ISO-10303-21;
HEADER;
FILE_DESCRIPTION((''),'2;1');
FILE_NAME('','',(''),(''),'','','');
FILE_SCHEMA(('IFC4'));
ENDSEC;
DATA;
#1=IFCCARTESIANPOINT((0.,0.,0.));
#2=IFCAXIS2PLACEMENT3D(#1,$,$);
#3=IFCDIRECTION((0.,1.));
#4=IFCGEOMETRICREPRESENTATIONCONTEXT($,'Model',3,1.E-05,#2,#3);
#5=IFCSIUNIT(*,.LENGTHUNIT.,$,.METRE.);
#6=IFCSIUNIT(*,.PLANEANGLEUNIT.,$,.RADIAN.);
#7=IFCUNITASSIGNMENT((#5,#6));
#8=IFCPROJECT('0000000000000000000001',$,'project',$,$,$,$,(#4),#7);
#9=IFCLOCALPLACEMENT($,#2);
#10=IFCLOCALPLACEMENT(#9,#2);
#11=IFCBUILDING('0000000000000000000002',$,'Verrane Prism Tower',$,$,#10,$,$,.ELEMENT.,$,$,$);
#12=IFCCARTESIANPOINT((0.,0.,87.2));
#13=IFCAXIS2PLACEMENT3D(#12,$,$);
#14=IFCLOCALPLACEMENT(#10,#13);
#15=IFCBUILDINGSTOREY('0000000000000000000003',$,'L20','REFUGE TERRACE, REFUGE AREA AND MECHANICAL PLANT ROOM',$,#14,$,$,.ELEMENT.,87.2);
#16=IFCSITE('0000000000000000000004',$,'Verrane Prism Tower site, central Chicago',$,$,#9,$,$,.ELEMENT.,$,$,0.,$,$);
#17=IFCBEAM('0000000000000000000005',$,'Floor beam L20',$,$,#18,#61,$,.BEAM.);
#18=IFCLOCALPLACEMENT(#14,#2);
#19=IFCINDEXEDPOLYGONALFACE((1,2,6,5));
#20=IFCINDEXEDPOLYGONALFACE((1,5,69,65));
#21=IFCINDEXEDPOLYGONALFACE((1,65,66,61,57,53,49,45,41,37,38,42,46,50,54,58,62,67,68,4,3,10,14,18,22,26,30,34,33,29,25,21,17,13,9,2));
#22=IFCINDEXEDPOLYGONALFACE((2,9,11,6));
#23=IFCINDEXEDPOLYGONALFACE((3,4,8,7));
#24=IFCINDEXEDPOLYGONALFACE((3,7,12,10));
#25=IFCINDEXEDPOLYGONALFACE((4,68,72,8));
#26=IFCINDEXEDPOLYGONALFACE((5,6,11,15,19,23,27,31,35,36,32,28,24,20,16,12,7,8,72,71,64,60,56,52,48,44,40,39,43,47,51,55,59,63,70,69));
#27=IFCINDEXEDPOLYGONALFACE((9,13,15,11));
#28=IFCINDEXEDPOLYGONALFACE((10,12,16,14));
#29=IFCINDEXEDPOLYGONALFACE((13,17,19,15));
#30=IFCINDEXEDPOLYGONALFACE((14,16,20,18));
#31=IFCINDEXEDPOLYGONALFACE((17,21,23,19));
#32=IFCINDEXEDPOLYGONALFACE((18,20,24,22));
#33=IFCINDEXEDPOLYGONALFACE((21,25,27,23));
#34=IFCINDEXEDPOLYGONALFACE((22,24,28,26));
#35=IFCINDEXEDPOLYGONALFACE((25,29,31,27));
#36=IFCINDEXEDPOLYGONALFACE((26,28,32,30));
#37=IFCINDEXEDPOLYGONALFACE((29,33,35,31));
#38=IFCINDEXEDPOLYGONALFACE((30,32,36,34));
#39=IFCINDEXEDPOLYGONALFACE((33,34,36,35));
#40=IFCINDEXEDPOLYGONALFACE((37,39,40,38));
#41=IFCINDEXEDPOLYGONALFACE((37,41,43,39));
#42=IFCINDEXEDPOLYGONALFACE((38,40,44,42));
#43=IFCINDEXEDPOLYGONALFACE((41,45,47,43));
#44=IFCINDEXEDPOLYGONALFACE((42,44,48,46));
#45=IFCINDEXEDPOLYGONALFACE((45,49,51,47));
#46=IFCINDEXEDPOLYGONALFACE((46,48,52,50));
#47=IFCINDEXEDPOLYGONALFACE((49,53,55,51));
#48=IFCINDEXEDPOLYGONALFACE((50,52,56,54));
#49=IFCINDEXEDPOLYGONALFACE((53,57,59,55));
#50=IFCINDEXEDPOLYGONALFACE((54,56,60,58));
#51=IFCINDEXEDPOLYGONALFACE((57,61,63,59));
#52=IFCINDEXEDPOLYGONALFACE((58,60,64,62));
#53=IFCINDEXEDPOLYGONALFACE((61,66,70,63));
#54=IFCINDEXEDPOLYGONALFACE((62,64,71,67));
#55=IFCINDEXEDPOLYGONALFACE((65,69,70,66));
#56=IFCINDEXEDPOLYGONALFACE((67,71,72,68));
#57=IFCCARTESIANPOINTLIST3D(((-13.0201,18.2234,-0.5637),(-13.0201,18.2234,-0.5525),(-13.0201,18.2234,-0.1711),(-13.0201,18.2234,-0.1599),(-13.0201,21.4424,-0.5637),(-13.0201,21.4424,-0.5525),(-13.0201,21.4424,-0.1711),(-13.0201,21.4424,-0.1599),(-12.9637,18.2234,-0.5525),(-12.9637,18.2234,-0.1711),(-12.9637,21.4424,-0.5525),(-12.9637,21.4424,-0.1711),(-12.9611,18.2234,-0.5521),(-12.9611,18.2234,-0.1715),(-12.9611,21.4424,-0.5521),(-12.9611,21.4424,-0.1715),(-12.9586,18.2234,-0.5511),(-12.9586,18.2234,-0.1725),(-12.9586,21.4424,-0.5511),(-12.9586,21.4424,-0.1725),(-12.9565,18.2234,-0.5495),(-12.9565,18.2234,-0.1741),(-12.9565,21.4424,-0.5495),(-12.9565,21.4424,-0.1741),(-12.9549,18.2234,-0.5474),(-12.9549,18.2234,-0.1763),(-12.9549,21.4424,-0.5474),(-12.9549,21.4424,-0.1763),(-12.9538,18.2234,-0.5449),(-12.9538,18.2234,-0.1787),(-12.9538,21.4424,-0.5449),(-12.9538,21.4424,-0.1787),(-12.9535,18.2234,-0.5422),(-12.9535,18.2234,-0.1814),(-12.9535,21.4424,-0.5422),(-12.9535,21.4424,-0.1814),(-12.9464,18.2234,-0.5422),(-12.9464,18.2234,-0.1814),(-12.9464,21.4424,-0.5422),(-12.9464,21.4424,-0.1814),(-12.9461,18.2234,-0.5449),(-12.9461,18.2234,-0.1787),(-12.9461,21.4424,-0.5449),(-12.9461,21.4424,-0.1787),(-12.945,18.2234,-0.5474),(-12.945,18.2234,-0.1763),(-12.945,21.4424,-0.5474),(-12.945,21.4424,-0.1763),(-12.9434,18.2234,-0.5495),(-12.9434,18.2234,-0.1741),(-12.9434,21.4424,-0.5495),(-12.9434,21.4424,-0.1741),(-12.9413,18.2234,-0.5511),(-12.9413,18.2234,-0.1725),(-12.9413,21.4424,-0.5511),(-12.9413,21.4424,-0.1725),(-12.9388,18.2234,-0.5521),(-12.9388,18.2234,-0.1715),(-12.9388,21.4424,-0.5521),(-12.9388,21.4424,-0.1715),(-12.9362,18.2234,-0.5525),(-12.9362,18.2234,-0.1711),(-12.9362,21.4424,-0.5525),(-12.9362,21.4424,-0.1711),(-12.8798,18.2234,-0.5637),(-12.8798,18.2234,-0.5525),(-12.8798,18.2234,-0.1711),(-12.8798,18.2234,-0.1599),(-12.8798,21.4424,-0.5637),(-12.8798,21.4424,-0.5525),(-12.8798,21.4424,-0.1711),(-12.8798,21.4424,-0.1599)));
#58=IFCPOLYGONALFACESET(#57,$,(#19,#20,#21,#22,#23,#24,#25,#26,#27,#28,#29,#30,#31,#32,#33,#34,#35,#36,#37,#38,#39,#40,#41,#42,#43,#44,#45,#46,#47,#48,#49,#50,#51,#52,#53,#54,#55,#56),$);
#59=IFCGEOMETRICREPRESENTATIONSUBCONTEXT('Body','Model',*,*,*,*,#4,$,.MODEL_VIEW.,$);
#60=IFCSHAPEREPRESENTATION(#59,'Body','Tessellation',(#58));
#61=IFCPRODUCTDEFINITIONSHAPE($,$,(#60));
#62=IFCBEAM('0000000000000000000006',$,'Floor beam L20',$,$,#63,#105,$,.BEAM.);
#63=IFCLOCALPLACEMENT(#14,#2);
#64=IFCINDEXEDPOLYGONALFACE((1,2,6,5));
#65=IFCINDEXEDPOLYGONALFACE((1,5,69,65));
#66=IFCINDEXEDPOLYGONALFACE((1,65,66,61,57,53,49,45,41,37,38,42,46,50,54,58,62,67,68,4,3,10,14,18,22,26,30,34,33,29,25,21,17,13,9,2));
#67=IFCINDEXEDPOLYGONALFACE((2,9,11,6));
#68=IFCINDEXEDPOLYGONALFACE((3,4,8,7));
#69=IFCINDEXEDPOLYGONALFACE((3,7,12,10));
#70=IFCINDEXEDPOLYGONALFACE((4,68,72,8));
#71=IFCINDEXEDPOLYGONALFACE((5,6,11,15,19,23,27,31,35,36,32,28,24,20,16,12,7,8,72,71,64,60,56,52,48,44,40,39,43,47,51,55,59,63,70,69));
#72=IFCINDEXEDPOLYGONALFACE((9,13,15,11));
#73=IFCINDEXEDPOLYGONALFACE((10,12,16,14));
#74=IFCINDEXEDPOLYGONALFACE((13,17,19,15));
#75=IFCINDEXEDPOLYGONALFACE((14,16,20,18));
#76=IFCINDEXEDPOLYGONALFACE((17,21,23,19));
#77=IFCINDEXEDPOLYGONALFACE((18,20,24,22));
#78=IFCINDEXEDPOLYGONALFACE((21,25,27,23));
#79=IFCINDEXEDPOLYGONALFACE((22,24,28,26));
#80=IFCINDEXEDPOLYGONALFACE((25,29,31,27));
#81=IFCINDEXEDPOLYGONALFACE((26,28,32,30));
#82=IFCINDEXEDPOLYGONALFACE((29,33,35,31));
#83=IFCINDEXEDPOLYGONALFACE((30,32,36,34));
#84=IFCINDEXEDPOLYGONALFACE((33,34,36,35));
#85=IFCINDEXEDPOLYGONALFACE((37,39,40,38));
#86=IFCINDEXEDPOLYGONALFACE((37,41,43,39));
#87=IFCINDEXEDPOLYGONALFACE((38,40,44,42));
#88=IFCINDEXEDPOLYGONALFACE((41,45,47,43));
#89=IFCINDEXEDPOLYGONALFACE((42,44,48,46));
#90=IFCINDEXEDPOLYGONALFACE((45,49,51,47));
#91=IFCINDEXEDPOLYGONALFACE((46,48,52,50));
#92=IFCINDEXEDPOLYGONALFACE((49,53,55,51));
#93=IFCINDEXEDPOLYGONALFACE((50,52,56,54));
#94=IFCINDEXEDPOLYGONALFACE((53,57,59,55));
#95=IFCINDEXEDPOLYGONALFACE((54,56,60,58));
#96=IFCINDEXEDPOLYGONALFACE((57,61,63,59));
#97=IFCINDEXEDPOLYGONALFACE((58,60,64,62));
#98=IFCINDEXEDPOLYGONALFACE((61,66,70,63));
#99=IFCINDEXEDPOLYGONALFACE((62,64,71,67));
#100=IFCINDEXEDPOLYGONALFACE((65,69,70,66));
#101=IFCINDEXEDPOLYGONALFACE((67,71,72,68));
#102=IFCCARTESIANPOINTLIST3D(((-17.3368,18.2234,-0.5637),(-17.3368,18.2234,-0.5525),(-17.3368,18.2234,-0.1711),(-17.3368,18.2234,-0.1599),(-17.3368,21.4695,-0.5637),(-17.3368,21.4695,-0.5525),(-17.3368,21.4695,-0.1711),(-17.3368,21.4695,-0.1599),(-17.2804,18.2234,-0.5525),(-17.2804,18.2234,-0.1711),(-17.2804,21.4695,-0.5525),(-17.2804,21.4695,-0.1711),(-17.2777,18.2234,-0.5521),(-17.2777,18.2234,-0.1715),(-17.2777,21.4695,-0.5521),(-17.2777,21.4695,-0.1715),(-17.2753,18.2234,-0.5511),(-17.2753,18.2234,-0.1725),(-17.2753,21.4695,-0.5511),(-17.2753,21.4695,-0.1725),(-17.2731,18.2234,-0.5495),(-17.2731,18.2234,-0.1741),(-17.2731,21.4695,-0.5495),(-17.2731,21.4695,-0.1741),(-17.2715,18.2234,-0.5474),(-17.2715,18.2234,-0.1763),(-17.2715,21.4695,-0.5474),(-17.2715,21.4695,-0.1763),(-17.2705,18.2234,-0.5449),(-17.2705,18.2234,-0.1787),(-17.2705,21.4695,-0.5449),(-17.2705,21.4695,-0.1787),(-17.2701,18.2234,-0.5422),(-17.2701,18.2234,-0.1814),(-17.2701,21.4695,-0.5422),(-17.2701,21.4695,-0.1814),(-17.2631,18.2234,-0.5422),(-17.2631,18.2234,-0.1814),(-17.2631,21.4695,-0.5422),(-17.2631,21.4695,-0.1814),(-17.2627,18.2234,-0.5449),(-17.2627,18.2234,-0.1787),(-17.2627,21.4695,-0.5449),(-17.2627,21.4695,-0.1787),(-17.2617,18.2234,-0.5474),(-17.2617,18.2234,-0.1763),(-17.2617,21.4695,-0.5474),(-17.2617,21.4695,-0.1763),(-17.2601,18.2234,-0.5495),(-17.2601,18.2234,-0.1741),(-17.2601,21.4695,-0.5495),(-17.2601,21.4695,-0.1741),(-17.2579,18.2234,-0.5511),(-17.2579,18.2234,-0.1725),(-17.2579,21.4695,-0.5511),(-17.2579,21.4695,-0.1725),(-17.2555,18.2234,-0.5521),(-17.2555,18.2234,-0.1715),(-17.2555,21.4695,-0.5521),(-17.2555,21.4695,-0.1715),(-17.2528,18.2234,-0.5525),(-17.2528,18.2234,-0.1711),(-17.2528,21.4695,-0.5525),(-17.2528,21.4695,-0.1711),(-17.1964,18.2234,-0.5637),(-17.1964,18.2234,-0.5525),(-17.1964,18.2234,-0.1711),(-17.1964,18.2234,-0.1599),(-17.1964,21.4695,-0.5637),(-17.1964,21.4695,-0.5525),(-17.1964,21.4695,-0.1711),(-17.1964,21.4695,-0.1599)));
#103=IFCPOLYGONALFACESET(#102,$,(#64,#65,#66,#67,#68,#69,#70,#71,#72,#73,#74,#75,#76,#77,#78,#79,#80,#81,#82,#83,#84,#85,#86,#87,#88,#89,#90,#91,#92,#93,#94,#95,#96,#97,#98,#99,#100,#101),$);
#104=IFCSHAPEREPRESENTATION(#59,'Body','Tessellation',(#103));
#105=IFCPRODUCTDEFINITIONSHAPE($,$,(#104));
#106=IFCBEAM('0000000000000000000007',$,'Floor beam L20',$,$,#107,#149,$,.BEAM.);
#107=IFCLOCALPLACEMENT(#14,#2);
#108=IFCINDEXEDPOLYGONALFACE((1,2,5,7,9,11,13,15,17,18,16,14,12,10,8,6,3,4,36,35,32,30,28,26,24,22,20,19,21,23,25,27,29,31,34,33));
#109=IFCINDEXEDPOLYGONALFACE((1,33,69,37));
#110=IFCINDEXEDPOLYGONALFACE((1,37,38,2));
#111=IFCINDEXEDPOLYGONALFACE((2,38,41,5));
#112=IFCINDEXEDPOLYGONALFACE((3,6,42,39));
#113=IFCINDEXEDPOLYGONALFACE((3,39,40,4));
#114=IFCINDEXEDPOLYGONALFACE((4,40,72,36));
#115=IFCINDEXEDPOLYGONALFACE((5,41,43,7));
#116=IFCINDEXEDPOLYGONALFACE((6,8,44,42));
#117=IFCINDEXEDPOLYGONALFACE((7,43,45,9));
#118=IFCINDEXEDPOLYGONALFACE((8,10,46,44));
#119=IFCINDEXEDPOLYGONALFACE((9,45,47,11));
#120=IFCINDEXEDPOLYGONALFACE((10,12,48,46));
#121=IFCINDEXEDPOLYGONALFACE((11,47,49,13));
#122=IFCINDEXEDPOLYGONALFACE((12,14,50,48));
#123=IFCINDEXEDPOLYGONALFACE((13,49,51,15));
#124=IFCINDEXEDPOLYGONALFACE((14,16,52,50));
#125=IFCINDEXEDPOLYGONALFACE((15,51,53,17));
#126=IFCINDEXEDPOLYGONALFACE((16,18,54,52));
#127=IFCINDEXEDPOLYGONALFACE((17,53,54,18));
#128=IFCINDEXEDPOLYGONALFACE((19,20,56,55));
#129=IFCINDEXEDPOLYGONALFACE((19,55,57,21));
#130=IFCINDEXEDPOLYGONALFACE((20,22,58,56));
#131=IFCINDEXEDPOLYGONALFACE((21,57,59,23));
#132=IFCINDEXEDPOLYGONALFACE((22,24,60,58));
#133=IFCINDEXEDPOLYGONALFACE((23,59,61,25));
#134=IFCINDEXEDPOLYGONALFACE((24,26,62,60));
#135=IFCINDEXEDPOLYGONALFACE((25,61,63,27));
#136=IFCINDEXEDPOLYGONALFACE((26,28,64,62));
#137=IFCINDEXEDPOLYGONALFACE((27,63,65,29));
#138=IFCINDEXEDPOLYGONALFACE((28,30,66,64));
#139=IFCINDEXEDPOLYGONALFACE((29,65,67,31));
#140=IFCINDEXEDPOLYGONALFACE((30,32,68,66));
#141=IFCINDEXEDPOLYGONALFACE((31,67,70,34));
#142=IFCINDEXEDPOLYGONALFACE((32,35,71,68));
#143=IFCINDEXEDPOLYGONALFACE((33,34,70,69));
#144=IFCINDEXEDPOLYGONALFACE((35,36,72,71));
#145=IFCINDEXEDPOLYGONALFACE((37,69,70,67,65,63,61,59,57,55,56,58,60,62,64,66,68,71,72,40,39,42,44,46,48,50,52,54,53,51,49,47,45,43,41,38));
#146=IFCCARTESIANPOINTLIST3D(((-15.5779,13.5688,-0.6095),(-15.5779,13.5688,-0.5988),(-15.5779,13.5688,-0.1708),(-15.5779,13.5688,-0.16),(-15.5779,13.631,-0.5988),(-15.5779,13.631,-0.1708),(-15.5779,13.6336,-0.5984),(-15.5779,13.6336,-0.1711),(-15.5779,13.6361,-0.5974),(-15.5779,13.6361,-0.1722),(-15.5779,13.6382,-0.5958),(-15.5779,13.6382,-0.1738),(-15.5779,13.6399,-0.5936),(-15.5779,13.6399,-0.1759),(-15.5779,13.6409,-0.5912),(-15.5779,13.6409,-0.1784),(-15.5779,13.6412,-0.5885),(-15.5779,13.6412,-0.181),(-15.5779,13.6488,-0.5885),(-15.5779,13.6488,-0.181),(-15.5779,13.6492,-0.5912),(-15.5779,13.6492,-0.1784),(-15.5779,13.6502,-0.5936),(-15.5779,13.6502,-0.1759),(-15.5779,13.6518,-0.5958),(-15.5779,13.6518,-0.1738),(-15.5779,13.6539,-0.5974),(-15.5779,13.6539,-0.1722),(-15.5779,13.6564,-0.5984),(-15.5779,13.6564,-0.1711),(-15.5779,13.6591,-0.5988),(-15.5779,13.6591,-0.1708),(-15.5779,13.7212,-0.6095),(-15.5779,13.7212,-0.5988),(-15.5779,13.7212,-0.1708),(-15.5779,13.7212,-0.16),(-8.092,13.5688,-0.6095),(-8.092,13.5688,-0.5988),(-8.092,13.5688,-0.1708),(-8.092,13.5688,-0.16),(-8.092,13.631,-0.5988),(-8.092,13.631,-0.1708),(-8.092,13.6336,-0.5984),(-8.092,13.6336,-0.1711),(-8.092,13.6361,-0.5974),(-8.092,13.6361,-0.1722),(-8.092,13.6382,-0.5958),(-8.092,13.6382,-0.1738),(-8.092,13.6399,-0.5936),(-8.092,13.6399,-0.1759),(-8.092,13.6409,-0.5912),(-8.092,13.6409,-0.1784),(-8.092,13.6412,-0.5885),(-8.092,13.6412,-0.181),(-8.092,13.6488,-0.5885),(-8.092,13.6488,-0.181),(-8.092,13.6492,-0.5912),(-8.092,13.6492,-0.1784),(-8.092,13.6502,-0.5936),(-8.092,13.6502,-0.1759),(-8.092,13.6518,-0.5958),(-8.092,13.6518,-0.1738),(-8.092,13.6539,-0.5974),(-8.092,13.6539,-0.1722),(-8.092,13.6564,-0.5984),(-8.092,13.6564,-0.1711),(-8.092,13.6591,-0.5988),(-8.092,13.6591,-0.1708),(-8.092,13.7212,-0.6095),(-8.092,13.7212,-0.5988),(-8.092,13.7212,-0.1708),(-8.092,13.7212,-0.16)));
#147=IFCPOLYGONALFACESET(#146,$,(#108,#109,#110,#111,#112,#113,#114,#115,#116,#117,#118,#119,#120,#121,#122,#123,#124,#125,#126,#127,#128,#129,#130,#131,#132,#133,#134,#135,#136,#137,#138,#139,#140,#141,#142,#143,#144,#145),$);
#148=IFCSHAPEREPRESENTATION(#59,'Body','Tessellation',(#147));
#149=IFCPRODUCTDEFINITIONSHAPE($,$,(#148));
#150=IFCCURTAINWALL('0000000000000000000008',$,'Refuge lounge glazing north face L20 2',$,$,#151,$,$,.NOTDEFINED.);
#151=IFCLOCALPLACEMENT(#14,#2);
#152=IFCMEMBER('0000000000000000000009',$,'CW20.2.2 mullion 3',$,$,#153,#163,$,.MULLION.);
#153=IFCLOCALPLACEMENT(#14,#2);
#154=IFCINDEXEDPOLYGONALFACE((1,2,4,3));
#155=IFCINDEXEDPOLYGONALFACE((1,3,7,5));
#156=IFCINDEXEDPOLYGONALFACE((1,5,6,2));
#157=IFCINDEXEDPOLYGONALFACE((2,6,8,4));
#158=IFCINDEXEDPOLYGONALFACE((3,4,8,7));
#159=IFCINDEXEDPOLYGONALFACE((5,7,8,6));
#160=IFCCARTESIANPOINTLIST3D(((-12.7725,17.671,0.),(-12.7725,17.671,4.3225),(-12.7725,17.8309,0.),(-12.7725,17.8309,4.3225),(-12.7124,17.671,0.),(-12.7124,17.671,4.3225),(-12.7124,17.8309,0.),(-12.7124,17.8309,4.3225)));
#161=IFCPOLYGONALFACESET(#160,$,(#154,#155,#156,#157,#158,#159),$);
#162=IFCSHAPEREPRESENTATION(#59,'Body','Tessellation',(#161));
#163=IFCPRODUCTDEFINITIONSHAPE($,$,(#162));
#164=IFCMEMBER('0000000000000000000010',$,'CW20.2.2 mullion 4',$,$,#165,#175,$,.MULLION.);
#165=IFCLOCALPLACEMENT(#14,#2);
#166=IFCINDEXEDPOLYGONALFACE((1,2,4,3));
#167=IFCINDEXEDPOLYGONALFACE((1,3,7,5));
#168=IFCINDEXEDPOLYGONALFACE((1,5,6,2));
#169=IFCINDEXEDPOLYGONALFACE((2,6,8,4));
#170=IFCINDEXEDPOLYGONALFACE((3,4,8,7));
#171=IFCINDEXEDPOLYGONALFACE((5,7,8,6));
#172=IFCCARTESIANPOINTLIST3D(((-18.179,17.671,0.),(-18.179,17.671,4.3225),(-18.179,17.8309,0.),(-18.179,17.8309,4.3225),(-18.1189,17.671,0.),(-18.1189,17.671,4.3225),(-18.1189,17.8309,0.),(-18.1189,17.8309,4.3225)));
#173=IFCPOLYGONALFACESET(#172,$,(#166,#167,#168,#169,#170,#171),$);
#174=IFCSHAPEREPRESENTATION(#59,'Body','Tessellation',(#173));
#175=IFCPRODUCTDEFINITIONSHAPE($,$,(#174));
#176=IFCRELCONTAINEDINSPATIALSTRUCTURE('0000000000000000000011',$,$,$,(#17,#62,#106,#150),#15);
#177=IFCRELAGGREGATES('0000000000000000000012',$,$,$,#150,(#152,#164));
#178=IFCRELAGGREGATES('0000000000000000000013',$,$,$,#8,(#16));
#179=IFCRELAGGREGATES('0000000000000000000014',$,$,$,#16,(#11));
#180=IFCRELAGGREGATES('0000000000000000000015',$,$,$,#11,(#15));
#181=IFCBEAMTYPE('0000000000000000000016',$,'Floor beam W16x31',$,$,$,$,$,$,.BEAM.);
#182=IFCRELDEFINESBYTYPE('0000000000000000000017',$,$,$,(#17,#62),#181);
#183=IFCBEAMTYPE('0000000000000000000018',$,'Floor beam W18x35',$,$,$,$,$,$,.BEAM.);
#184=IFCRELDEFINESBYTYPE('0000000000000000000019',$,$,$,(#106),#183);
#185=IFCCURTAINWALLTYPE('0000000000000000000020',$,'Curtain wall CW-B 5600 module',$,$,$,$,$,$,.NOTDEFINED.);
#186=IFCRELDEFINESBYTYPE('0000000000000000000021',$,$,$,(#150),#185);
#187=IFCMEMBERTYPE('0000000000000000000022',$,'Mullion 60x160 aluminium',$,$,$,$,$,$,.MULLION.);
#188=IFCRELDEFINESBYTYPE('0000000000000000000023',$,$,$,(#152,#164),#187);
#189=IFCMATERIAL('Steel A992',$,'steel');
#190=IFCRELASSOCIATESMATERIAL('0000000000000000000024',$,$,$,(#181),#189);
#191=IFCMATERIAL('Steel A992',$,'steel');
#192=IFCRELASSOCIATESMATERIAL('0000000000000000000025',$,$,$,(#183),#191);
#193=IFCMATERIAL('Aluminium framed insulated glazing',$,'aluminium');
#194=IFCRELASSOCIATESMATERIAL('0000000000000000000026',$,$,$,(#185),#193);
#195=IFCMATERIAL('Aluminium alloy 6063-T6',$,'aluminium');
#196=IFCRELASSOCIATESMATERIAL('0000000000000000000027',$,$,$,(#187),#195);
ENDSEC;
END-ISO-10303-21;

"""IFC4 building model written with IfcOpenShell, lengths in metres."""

from ifc_helpers import new_model, si_unit, direction, frame, origin, origin_2d, place, context, subcontext, project, spatial, rectangle, i_section, extrude, material, material_profile, profile_set, type_object, element, aggregate, save


model = new_model("IFC4")

# Units and contexts
model_context = context("Model", 3, precision=1e-05, world=origin(), true_north=direction((0.0, 1.0)))
body_context = subcontext(model_context, "Body", "Model", "MODEL_VIEW")
ifc_project = project(units=[si_unit("LENGTHUNIT", "METRE"), si_unit("PLANEANGLEUNIT", "RADIAN")], contexts=[model_context])

# Site, building, storey
site_placement = place(None, origin())
site = spatial("IfcSite", under=ifc_project, at=site_placement, Name="Verrane Prism Tower site, central Chicago", CompositionType="ELEMENT", RefElevation=0.0)
building_placement = place(site_placement, origin())
building = spatial("IfcBuilding", under=site, at=building_placement, Name="Verrane Prism Tower", CompositionType="ELEMENT")
storey_placement = place(building_placement, frame((0.0, 0.0, 87.2)))
storey = spatial("IfcBuildingStorey", under=building, at=storey_placement, Name="L20", Description="REFUGE TERRACE, REFUGE AREA AND MECHANICAL PLANT ROOM", CompositionType="ELEMENT", Elevation=87.2)

# Beams
ifc_material_1 = material(Name="Steel A992", Category="steel")
ifc_material_profile_1 = material_profile(ifc_material_1, i_section(OverallWidth=0.1404, OverallDepth=0.4038, WebThickness=0.0071, FlangeThickness=0.0112, FilletRadius=0.0103, at=origin_2d()), Name="W16x31")
ifc_profile_set_1 = profile_set([ifc_material_profile_1], Name="Steel A992")
beam_type_1 = type_object("IfcBeamType", Name="Floor beam W16x31", PredefinedType="BEAM", material=ifc_profile_set_1)
beam_1_placement = place(storey_placement, frame((-12.95, 18.2234, -0.3618), z_axis=(0.0, 1.0, 0.0), x_axis=(-1.0, 0.0, 0.0)))
element("IfcBeam", 1, at=beam_1_placement, inside=storey, type_object=beam_type_1, Name="Floor beam L20", PredefinedType="BEAM", context=body_context, shape_type="SweptSolid", body=[
    extrude(i_section(OverallWidth=0.1404, OverallDepth=0.4038, WebThickness=0.0071, FlangeThickness=0.0112, FilletRadius=0.0103, at=origin_2d()), origin(), (0.0, 0.0, 1.0), 3.219),
])
beam_2_placement = place(storey_placement, frame((-17.2666, 18.2234, -0.3618), z_axis=(0.0, 1.0, 0.0), x_axis=(-1.0, 0.0, 0.0)))
element("IfcBeam", 2, at=beam_2_placement, inside=storey, type_object=beam_type_1, Name="Floor beam L20", PredefinedType="BEAM", context=body_context, shape_type="SweptSolid", body=[
    extrude(i_section(OverallWidth=0.1404, OverallDepth=0.4038, WebThickness=0.0071, FlangeThickness=0.0112, FilletRadius=0.0103, at=origin_2d()), origin(), (0.0, 0.0, 1.0), 3.2461),
])
ifc_material_2 = material(Name="Steel A992", Category="steel")
ifc_material_profile_2 = material_profile(ifc_material_2, i_section(OverallWidth=0.1523, OverallDepth=0.4495, WebThickness=0.0076, FlangeThickness=0.0107, FilletRadius=0.0103, at=origin_2d()), Name="W18x35")
ifc_profile_set_2 = profile_set([ifc_material_profile_2], Name="Steel A992")
beam_type_2 = type_object("IfcBeamType", Name="Floor beam W18x35", PredefinedType="BEAM", material=ifc_profile_set_2)
beam_3_placement = place(storey_placement, frame((-15.5779, 13.645, -0.3848), z_axis=(1.0, 0.0, 0.0), x_axis=(0.0, 1.0, 0.0)))
element("IfcBeam", 3, at=beam_3_placement, inside=storey, type_object=beam_type_2, Name="Floor beam L20", PredefinedType="BEAM", context=body_context, shape_type="SweptSolid", body=[
    extrude(i_section(OverallWidth=0.1523, OverallDepth=0.4495, WebThickness=0.0076, FlangeThickness=0.0107, FilletRadius=0.0103, at=origin_2d()), origin(), (0.0, 0.0, 1.0), 7.4858),
])

# Curtain wall, members
ifc_material_3 = material(Name="Aluminium framed insulated glazing", Category="aluminium")
curtain_wall_type = type_object("IfcCurtainWallType", Name="Curtain wall CW-B 5600 module", PredefinedType="NOTDEFINED", material=ifc_material_3)
curtain_wall_placement = place(storey_placement, origin())
curtain_wall = element("IfcCurtainWall", 4, at=curtain_wall_placement, inside=storey, type_object=curtain_wall_type, Name="Refuge lounge glazing north face L20 2", PredefinedType="NOTDEFINED")
ifc_material_4 = material(Name="Aluminium alloy 6063-T6", Category="aluminium")
ifc_material_profile_3 = material_profile(ifc_material_4, rectangle(XDim=0.1599, YDim=0.0601, at=origin_2d()), Name="Mullion 60x160 aluminium")
ifc_profile_set_3 = profile_set([ifc_material_profile_3], Name="Aluminium alloy 6063-T6")
member_type_1 = type_object("IfcMemberType", Name="Mullion 60x160 aluminium", PredefinedType="MULLION", material=ifc_profile_set_3)
member_1_placement = place(storey_placement, frame((-12.7424, 17.751, 0.0), z_axis=(0.0, 0.0, 1.0), x_axis=(0.0, -1.0, 0.0)))
member_1 = element("IfcMember", 5, at=member_1_placement, type_object=member_type_1, Name="CW20.2.2 mullion 3", PredefinedType="MULLION", context=body_context, shape_type="SweptSolid", body=[
    extrude(rectangle(XDim=0.1599, YDim=0.0601, at=origin_2d()), origin(), (0.0, 0.0, 1.0), 4.3225),
])
member_2_placement = place(storey_placement, frame((-18.1489, 17.751, 0.0), z_axis=(0.0, 0.0, 1.0), x_axis=(0.0, -1.0, 0.0)))
member_2 = element("IfcMember", 6, at=member_2_placement, type_object=member_type_1, Name="CW20.2.2 mullion 4", PredefinedType="MULLION", context=body_context, shape_type="SweptSolid", body=[
    extrude(rectangle(XDim=0.1599, YDim=0.0601, at=origin_2d()), origin(), (0.0, 0.0, 1.0), 4.3225),
])

aggregate(curtain_wall, [member_1, member_2])

save(model, "model.ifc")
